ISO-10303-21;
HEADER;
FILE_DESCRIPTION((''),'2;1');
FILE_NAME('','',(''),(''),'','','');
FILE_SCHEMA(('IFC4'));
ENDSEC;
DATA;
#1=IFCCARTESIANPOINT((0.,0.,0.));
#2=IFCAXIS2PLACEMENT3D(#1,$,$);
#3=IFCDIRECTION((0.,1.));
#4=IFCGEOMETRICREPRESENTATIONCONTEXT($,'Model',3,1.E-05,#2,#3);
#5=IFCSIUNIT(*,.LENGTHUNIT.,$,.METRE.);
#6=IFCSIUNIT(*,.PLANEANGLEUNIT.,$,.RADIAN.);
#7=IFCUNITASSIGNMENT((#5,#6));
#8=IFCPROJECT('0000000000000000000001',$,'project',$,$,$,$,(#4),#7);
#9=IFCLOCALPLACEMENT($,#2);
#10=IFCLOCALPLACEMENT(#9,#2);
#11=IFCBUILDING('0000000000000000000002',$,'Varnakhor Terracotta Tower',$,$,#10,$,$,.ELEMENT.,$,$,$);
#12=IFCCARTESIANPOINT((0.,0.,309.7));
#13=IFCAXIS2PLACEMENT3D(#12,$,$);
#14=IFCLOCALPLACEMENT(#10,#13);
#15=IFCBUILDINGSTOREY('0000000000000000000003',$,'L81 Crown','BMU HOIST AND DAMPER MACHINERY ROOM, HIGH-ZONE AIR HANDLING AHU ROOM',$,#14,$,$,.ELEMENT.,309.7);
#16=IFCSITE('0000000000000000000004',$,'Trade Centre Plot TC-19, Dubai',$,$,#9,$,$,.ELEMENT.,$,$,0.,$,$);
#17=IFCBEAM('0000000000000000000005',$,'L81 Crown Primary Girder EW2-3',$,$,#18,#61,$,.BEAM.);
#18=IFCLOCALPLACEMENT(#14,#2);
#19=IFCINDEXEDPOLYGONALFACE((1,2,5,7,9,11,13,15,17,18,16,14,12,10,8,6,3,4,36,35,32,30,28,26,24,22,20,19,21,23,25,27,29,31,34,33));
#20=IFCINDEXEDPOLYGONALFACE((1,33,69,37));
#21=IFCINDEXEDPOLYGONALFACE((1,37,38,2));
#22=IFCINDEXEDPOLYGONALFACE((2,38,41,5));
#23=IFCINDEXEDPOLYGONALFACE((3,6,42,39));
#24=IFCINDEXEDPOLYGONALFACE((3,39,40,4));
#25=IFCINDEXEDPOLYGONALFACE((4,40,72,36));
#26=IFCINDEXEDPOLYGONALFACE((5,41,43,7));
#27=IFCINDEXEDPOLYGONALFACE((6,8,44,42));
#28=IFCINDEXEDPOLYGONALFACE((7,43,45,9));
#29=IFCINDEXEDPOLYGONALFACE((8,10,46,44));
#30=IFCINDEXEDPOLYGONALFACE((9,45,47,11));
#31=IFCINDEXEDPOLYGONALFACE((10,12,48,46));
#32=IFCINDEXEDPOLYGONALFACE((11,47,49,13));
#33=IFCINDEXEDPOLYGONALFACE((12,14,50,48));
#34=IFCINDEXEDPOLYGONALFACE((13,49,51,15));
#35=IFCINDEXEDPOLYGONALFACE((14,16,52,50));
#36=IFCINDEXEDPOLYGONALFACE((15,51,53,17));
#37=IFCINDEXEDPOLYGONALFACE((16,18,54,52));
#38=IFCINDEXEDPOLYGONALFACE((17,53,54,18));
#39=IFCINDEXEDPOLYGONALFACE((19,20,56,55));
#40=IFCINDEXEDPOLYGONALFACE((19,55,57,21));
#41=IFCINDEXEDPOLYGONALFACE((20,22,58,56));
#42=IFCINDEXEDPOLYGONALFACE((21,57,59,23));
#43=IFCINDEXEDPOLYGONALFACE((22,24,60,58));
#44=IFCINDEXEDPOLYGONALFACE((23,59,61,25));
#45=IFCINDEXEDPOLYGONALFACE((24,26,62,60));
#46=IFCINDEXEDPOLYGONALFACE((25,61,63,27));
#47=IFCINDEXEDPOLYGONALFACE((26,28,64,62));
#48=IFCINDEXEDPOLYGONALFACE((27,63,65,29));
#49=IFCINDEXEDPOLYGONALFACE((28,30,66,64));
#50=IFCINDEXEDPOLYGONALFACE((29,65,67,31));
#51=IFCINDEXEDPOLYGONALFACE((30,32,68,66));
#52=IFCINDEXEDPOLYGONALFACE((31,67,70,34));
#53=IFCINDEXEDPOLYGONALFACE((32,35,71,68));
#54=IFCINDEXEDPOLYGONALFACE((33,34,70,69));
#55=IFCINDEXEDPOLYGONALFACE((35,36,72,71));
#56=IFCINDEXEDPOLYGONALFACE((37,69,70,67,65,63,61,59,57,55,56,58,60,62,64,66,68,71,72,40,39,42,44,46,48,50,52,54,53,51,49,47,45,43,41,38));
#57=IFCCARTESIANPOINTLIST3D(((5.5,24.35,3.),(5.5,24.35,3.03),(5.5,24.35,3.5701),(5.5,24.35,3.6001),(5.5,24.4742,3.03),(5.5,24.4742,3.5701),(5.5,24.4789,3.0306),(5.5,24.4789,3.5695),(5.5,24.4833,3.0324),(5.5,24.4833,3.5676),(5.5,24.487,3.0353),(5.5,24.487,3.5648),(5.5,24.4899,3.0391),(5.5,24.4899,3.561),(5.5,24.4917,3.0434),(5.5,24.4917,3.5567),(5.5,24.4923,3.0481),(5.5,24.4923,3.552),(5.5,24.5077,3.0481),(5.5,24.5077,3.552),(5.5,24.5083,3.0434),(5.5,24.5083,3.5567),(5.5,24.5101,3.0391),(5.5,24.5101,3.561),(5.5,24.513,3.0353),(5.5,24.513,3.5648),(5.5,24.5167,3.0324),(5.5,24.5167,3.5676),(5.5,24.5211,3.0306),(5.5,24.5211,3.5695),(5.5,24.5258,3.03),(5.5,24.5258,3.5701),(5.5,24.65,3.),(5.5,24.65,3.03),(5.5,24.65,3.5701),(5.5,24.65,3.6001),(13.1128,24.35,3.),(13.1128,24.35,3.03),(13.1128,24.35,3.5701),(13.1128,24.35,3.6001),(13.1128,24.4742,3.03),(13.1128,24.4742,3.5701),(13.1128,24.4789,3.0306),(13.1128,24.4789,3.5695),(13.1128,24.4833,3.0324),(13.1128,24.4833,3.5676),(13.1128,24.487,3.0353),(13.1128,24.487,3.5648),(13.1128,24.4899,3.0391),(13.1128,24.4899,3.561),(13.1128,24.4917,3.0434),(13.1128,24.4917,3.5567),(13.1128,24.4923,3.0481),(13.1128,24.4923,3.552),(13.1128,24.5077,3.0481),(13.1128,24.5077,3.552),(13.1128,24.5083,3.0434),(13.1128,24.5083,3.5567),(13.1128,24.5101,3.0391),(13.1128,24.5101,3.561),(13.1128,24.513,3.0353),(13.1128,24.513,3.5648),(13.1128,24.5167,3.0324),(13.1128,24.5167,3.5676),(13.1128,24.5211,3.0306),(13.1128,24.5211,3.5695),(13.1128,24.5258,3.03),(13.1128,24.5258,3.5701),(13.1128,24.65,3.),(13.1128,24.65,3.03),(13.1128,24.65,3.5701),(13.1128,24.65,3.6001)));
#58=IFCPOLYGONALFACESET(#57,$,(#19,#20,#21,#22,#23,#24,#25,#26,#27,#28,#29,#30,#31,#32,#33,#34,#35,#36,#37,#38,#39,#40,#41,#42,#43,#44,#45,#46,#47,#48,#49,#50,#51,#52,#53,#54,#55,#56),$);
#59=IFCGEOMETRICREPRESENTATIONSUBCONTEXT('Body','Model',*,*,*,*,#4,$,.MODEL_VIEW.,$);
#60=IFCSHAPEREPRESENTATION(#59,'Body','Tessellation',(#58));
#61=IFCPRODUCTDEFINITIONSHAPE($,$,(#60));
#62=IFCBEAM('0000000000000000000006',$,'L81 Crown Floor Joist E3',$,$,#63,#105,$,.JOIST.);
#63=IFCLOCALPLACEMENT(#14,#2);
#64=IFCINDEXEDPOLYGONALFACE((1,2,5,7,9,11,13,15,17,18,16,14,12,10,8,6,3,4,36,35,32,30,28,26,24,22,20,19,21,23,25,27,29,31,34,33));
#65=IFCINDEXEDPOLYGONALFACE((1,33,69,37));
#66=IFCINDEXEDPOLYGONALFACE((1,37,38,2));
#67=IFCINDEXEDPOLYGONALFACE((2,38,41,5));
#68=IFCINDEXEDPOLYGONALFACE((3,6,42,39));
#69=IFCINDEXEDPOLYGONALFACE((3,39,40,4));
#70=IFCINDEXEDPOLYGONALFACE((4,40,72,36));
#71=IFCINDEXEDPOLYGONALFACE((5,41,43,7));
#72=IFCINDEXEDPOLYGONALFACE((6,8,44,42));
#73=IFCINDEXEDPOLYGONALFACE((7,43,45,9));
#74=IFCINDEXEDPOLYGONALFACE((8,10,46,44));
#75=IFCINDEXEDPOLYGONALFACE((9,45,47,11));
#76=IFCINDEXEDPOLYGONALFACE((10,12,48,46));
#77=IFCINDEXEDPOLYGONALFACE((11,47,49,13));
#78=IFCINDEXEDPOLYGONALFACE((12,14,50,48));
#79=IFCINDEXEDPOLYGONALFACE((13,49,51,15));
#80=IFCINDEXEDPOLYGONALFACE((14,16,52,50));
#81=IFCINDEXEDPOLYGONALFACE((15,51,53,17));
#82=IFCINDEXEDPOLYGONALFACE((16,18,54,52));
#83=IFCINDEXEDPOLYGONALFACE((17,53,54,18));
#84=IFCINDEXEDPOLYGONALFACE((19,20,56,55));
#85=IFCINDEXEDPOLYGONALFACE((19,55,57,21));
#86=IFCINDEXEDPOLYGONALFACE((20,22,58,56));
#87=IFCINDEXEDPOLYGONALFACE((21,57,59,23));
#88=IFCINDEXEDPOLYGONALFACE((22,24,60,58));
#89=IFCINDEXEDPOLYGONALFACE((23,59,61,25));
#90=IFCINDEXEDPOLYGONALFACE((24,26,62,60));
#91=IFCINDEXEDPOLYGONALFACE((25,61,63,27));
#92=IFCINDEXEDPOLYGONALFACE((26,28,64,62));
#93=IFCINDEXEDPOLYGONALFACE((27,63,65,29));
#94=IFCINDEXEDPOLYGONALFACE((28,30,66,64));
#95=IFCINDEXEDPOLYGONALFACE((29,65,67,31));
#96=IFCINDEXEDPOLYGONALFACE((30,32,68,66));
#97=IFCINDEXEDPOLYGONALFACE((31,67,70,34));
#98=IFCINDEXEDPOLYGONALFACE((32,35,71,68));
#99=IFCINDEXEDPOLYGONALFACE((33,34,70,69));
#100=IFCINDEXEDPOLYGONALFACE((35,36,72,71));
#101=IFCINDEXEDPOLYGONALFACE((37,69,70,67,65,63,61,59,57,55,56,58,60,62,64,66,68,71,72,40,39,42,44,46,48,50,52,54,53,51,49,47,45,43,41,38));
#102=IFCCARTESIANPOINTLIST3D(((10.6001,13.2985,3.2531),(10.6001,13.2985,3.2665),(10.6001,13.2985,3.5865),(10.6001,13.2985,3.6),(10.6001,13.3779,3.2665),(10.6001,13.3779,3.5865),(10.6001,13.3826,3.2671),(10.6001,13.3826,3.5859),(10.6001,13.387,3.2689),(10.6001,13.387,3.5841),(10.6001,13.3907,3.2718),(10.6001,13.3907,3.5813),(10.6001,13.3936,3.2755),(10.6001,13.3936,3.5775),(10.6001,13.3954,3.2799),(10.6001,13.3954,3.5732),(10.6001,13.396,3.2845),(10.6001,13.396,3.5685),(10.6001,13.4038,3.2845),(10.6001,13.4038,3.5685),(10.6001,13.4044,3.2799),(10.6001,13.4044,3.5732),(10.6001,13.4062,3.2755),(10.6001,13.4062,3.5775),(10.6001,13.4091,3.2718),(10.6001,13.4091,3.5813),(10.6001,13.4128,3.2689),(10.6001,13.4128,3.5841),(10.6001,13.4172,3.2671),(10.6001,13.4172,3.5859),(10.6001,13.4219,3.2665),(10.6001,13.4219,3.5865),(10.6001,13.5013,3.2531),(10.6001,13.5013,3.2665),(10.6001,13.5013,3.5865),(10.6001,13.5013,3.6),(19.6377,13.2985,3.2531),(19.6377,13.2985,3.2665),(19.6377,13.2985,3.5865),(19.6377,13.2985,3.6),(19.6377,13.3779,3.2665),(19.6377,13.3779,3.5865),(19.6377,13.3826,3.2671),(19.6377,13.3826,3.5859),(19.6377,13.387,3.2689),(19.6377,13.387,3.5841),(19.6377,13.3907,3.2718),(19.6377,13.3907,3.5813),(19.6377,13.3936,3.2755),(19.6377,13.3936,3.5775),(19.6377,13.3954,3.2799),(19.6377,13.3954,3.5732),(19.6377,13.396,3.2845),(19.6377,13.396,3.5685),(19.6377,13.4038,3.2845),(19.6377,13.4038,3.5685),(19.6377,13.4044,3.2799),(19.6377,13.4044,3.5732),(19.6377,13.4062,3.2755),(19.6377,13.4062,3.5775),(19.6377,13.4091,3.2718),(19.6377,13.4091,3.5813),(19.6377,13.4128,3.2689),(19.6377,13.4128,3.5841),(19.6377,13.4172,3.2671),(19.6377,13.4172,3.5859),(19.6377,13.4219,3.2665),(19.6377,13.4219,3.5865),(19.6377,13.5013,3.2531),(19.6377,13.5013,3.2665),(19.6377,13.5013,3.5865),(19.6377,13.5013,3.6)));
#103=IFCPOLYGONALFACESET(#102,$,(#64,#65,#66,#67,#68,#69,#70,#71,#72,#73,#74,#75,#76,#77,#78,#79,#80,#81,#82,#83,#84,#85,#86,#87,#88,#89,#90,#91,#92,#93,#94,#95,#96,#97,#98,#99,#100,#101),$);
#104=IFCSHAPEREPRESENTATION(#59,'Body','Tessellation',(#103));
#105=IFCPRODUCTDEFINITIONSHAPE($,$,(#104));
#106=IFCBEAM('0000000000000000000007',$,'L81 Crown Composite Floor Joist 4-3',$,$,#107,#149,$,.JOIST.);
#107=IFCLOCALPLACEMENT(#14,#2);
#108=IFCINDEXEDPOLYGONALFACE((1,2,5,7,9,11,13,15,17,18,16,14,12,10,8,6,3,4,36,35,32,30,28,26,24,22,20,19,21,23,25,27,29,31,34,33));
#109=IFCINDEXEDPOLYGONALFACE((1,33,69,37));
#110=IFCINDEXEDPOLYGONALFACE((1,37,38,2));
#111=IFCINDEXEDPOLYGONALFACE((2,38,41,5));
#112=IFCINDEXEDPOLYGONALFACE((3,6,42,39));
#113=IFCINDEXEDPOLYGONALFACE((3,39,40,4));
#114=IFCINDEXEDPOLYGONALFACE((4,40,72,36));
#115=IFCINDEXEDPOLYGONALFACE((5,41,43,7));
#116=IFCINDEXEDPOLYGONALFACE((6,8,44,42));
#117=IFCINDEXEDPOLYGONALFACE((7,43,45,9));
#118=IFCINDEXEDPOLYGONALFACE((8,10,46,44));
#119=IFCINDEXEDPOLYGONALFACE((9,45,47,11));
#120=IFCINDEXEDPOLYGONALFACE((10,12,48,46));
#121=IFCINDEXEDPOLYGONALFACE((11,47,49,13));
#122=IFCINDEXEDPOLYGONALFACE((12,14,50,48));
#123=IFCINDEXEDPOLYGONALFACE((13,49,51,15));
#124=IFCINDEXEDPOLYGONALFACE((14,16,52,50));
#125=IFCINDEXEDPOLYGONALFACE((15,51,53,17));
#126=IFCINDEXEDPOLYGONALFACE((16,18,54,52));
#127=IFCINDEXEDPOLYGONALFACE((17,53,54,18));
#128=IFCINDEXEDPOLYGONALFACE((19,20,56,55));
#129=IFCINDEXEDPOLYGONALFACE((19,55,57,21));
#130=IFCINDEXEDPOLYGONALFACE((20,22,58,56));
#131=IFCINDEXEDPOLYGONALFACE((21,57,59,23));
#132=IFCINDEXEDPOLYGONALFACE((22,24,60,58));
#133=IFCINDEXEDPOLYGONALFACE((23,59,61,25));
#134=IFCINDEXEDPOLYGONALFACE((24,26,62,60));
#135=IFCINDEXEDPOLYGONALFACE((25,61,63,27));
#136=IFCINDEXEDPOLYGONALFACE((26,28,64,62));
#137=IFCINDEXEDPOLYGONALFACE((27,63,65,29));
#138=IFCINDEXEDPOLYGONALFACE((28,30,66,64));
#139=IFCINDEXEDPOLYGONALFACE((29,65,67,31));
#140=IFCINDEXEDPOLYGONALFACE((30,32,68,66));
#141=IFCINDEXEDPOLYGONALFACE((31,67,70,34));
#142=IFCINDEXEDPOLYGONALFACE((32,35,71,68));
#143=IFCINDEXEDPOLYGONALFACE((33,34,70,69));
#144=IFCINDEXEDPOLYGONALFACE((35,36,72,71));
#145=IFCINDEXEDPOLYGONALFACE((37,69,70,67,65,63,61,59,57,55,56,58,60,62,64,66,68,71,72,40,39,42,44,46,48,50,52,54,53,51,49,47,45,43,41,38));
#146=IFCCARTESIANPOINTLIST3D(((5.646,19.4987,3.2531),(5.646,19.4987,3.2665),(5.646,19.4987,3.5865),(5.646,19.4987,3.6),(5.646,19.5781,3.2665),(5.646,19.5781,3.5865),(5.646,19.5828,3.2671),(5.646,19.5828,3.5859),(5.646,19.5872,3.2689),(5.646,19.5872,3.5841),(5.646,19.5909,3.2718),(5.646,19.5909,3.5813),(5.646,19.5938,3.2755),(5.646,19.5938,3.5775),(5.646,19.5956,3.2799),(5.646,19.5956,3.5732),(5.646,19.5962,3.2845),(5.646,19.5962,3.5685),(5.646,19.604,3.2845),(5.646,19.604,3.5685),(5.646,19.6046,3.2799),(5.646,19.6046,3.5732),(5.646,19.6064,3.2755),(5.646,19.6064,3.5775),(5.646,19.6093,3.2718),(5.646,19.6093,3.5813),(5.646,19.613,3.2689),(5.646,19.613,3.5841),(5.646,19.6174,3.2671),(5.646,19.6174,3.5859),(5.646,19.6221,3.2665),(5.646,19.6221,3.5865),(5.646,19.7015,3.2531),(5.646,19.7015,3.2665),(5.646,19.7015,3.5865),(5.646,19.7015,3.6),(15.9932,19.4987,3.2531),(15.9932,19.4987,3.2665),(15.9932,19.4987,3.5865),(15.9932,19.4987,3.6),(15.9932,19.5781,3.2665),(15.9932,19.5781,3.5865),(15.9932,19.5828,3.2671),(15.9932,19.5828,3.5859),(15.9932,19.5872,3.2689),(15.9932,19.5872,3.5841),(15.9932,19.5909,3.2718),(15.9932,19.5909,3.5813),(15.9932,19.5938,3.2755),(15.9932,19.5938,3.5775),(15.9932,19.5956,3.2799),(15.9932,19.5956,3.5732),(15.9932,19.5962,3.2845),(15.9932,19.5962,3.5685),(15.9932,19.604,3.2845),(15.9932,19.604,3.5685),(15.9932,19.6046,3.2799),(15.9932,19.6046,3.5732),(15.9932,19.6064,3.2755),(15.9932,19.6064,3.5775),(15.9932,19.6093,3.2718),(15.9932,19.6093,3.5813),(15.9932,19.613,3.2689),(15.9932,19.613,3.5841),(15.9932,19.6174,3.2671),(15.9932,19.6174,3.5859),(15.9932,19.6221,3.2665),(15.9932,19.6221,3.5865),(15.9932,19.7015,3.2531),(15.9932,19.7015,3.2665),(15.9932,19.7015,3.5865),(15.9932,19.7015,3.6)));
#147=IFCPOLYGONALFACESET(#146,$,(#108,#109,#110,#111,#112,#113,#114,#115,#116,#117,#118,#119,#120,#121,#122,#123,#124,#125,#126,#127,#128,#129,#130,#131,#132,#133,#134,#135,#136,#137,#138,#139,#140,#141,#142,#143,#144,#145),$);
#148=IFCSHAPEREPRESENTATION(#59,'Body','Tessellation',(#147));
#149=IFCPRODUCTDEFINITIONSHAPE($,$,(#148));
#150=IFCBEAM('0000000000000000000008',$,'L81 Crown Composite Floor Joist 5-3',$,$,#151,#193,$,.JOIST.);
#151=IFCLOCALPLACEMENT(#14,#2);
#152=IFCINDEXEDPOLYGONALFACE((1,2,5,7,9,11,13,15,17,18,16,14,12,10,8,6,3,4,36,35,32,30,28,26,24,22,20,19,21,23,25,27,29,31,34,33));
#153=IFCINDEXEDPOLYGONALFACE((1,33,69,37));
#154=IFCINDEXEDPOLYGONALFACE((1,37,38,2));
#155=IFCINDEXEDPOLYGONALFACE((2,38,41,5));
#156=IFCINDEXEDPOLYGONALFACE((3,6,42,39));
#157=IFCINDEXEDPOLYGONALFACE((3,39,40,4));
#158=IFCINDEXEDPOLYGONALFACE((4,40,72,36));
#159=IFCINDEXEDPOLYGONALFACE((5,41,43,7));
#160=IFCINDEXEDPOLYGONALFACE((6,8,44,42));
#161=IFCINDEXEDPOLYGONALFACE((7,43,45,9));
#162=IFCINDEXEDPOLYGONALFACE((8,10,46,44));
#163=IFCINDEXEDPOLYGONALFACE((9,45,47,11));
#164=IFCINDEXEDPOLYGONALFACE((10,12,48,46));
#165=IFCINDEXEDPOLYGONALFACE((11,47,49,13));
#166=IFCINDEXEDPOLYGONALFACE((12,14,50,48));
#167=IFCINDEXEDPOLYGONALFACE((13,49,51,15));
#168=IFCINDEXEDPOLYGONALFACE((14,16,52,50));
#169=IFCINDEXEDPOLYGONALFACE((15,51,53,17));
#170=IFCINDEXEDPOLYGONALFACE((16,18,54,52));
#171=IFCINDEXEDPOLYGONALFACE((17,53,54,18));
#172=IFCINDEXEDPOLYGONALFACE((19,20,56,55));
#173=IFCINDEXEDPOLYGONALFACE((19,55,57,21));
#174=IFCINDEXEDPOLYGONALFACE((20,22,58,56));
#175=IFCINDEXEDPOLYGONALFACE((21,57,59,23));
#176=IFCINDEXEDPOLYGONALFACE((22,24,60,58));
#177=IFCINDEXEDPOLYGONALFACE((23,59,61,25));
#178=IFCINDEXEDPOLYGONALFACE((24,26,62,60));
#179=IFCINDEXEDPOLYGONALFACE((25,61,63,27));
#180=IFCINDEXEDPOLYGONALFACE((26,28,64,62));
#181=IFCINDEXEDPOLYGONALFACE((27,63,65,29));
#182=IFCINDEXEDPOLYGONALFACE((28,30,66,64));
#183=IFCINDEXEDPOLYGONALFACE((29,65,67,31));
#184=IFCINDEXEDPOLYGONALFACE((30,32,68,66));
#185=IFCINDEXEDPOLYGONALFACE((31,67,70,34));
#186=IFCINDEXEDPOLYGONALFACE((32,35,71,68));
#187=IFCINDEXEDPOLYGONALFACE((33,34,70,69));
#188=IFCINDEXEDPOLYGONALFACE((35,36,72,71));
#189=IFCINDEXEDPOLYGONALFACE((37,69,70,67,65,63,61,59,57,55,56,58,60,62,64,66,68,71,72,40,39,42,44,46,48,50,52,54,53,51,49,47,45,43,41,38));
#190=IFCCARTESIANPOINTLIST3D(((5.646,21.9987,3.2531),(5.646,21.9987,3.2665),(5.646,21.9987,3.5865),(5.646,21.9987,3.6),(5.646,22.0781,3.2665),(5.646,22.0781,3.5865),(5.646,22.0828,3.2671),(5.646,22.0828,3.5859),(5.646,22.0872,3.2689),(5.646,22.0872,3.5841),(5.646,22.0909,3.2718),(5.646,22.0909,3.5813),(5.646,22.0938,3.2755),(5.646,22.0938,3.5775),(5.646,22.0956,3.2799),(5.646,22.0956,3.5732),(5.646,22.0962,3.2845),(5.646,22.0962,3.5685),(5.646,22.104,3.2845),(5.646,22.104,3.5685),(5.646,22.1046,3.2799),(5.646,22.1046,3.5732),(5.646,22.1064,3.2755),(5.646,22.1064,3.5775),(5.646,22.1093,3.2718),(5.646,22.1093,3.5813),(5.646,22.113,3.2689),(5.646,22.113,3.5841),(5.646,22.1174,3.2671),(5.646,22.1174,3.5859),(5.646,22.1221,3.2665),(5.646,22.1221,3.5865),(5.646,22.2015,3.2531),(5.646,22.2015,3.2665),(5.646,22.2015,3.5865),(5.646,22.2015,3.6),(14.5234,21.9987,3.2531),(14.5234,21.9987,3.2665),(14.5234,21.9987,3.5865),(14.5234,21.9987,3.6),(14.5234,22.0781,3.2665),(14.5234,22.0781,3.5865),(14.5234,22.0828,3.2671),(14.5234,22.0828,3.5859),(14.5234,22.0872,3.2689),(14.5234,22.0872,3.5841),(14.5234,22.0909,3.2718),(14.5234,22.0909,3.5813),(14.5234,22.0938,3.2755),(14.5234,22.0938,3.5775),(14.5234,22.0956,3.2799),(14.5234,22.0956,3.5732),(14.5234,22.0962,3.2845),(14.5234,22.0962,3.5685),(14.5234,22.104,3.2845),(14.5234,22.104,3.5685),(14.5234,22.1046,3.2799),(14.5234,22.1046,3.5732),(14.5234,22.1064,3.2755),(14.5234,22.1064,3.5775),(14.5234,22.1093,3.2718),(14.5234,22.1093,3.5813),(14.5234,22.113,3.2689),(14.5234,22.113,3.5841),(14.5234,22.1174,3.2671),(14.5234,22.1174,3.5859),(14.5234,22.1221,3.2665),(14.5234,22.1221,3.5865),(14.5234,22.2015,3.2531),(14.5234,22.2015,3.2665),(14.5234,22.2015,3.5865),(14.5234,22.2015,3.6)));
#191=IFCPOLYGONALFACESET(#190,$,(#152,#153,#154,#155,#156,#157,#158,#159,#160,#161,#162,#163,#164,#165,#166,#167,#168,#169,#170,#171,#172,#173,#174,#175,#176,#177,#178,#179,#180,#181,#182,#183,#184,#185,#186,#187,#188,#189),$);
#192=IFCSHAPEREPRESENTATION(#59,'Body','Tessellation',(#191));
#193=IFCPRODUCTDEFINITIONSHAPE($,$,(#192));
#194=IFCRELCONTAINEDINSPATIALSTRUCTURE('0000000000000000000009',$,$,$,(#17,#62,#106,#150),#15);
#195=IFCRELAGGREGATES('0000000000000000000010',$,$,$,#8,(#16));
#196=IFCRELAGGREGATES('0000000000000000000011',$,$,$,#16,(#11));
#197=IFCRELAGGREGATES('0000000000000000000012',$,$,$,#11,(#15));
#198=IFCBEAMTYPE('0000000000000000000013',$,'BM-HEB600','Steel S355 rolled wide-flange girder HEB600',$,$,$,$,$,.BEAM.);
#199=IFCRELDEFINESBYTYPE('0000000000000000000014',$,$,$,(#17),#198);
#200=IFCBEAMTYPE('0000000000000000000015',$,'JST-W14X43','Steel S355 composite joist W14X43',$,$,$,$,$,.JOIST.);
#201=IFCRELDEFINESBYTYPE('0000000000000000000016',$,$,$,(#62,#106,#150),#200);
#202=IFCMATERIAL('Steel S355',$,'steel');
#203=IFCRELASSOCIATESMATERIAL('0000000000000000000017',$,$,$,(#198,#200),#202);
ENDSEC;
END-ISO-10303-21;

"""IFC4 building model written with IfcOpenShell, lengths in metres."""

from ifc_helpers import new_model, si_unit, direction, frame, origin, origin_2d, place, context, subcontext, project, spatial, i_section, extrude, source, transform, mapped, material, material_profile, profile_set, type_object, element, save


model = new_model("IFC4")

# Units and contexts
model_context = context("Model", 3, precision=1e-05, world=origin(), true_north=direction((0.0, 1.0)))
body_context = subcontext(model_context, "Body", "Model", "MODEL_VIEW")
ifc_project = project(units=[si_unit("LENGTHUNIT", "METRE"), si_unit("PLANEANGLEUNIT", "RADIAN")], contexts=[model_context])

# Site, building, storey
site_placement = place(None, origin())
site = spatial("IfcSite", under=ifc_project, at=site_placement, Name="Trade Centre Plot TC-19, Dubai", CompositionType="ELEMENT", RefElevation=0.0)
building_placement = place(site_placement, origin())
building = spatial("IfcBuilding", under=site, at=building_placement, Name="Varnakhor Terracotta Tower", CompositionType="ELEMENT")
storey_placement = place(building_placement, frame((0.0, 0.0, 309.7)))
storey = spatial("IfcBuildingStorey", under=building, at=storey_placement, Name="L81 Crown", Description="BMU HOIST AND DAMPER MACHINERY ROOM, HIGH-ZONE AIR HANDLING AHU ROOM", CompositionType="ELEMENT", Elevation=309.7)

# Beams
ifc_material_1 = material(Name="Steel S355", Category="steel")
ifc_material_profile_1 = material_profile(ifc_material_1, i_section(OverallWidth=0.3, OverallDepth=0.6001, WebThickness=0.0154, FlangeThickness=0.03, FilletRadius=0.0181, at=origin_2d()), Name="HEB600")
ifc_profile_set_1 = profile_set([ifc_material_profile_1], Name="Steel S355")
beam_type_1 = type_object("IfcBeamType", Name="BM-HEB600", Description="Steel S355 rolled wide-flange girder HEB600", PredefinedType="BEAM", material=ifc_profile_set_1)
shared_shape_1 = source(origin(), body_context, "Body", "SweptSolid", [
    extrude(i_section(OverallWidth=0.3, OverallDepth=0.6001, WebThickness=0.0154, FlangeThickness=0.03, FilletRadius=0.0181, at=origin_2d()), origin(), (0.0, 0.0, 1.0), 7.6128),
])
beam_1_placement = place(storey_placement, frame((5.5, 24.5, 3.3), z_axis=(1.0, 0.0, 0.0), x_axis=(0.0, 1.0, 0.0)))
element("IfcBeam", 1, at=beam_1_placement, inside=storey, type_object=beam_type_1, Name="L81 Crown Primary Girder EW2-3", PredefinedType="BEAM", context=body_context, shape_type="MappedRepresentation", body=[
    mapped(shared_shape_1, transform((0.0, 0.0, 0.0), scale=1.0)),
])
ifc_material_profile_2 = material_profile(ifc_material_1, i_section(OverallWidth=0.2029, OverallDepth=0.3469, WebThickness=0.0078, FlangeThickness=0.0134, FilletRadius=0.0181, at=origin_2d()), Name="W14X43")
ifc_profile_set_2 = profile_set([ifc_material_profile_2], Name="Steel S355")
beam_type_2 = type_object("IfcBeamType", Name="JST-W14X43", Description="Steel S355 composite joist W14X43", PredefinedType="JOIST", material=ifc_profile_set_2)
shared_shape_2 = source(origin(), body_context, "Body", "SweptSolid", [
    extrude(i_section(OverallWidth=0.2029, OverallDepth=0.3469, WebThickness=0.0078, FlangeThickness=0.0134, FilletRadius=0.0181, at=origin_2d()), origin(), (0.0, 0.0, 1.0), 9.0376),
])
beam_2_placement = place(storey_placement, frame((10.6001, 13.3999, 3.4265), z_axis=(1.0, 0.0, 0.0), x_axis=(0.0, 1.0, 0.0)))
element("IfcBeam", 2, at=beam_2_placement, inside=storey, type_object=beam_type_2, Name="L81 Crown Floor Joist E3", PredefinedType="JOIST", context=body_context, shape_type="MappedRepresentation", body=[
    mapped(shared_shape_2, transform((0.0, 0.0, 0.0), scale=1.0)),
])
shared_shape_3 = source(origin(), body_context, "Body", "SweptSolid", [
    extrude(i_section(OverallWidth=0.2029, OverallDepth=0.3469, WebThickness=0.0078, FlangeThickness=0.0134, FilletRadius=0.0181, at=origin_2d()), origin(), (0.0, 0.0, 1.0), 10.3472),
])
beam_3_placement = place(storey_placement, frame((5.646, 19.6001, 3.4265), z_axis=(1.0, 0.0, 0.0), x_axis=(0.0, 1.0, 0.0)))
element("IfcBeam", 3, at=beam_3_placement, inside=storey, type_object=beam_type_2, Name="L81 Crown Composite Floor Joist 4-3", PredefinedType="JOIST", context=body_context, shape_type="MappedRepresentation", body=[
    mapped(shared_shape_3, transform((0.0, 0.0, 0.0), scale=1.0)),
])
shared_shape_4 = source(origin(), body_context, "Body", "SweptSolid", [
    extrude(i_section(OverallWidth=0.2029, OverallDepth=0.3469, WebThickness=0.0078, FlangeThickness=0.0134, FilletRadius=0.0181, at=origin_2d()), origin(), (0.0, 0.0, 1.0), 8.8774),
])
beam_4_placement = place(storey_placement, frame((5.646, 22.1001, 3.4265), z_axis=(1.0, 0.0, 0.0), x_axis=(0.0, 1.0, 0.0)))
element("IfcBeam", 4, at=beam_4_placement, inside=storey, type_object=beam_type_2, Name="L81 Crown Composite Floor Joist 5-3", PredefinedType="JOIST", context=body_context, shape_type="MappedRepresentation", body=[
    mapped(shared_shape_4, transform((0.0, 0.0, 0.0), scale=1.0)),
])

save(model, "model.ifc")
